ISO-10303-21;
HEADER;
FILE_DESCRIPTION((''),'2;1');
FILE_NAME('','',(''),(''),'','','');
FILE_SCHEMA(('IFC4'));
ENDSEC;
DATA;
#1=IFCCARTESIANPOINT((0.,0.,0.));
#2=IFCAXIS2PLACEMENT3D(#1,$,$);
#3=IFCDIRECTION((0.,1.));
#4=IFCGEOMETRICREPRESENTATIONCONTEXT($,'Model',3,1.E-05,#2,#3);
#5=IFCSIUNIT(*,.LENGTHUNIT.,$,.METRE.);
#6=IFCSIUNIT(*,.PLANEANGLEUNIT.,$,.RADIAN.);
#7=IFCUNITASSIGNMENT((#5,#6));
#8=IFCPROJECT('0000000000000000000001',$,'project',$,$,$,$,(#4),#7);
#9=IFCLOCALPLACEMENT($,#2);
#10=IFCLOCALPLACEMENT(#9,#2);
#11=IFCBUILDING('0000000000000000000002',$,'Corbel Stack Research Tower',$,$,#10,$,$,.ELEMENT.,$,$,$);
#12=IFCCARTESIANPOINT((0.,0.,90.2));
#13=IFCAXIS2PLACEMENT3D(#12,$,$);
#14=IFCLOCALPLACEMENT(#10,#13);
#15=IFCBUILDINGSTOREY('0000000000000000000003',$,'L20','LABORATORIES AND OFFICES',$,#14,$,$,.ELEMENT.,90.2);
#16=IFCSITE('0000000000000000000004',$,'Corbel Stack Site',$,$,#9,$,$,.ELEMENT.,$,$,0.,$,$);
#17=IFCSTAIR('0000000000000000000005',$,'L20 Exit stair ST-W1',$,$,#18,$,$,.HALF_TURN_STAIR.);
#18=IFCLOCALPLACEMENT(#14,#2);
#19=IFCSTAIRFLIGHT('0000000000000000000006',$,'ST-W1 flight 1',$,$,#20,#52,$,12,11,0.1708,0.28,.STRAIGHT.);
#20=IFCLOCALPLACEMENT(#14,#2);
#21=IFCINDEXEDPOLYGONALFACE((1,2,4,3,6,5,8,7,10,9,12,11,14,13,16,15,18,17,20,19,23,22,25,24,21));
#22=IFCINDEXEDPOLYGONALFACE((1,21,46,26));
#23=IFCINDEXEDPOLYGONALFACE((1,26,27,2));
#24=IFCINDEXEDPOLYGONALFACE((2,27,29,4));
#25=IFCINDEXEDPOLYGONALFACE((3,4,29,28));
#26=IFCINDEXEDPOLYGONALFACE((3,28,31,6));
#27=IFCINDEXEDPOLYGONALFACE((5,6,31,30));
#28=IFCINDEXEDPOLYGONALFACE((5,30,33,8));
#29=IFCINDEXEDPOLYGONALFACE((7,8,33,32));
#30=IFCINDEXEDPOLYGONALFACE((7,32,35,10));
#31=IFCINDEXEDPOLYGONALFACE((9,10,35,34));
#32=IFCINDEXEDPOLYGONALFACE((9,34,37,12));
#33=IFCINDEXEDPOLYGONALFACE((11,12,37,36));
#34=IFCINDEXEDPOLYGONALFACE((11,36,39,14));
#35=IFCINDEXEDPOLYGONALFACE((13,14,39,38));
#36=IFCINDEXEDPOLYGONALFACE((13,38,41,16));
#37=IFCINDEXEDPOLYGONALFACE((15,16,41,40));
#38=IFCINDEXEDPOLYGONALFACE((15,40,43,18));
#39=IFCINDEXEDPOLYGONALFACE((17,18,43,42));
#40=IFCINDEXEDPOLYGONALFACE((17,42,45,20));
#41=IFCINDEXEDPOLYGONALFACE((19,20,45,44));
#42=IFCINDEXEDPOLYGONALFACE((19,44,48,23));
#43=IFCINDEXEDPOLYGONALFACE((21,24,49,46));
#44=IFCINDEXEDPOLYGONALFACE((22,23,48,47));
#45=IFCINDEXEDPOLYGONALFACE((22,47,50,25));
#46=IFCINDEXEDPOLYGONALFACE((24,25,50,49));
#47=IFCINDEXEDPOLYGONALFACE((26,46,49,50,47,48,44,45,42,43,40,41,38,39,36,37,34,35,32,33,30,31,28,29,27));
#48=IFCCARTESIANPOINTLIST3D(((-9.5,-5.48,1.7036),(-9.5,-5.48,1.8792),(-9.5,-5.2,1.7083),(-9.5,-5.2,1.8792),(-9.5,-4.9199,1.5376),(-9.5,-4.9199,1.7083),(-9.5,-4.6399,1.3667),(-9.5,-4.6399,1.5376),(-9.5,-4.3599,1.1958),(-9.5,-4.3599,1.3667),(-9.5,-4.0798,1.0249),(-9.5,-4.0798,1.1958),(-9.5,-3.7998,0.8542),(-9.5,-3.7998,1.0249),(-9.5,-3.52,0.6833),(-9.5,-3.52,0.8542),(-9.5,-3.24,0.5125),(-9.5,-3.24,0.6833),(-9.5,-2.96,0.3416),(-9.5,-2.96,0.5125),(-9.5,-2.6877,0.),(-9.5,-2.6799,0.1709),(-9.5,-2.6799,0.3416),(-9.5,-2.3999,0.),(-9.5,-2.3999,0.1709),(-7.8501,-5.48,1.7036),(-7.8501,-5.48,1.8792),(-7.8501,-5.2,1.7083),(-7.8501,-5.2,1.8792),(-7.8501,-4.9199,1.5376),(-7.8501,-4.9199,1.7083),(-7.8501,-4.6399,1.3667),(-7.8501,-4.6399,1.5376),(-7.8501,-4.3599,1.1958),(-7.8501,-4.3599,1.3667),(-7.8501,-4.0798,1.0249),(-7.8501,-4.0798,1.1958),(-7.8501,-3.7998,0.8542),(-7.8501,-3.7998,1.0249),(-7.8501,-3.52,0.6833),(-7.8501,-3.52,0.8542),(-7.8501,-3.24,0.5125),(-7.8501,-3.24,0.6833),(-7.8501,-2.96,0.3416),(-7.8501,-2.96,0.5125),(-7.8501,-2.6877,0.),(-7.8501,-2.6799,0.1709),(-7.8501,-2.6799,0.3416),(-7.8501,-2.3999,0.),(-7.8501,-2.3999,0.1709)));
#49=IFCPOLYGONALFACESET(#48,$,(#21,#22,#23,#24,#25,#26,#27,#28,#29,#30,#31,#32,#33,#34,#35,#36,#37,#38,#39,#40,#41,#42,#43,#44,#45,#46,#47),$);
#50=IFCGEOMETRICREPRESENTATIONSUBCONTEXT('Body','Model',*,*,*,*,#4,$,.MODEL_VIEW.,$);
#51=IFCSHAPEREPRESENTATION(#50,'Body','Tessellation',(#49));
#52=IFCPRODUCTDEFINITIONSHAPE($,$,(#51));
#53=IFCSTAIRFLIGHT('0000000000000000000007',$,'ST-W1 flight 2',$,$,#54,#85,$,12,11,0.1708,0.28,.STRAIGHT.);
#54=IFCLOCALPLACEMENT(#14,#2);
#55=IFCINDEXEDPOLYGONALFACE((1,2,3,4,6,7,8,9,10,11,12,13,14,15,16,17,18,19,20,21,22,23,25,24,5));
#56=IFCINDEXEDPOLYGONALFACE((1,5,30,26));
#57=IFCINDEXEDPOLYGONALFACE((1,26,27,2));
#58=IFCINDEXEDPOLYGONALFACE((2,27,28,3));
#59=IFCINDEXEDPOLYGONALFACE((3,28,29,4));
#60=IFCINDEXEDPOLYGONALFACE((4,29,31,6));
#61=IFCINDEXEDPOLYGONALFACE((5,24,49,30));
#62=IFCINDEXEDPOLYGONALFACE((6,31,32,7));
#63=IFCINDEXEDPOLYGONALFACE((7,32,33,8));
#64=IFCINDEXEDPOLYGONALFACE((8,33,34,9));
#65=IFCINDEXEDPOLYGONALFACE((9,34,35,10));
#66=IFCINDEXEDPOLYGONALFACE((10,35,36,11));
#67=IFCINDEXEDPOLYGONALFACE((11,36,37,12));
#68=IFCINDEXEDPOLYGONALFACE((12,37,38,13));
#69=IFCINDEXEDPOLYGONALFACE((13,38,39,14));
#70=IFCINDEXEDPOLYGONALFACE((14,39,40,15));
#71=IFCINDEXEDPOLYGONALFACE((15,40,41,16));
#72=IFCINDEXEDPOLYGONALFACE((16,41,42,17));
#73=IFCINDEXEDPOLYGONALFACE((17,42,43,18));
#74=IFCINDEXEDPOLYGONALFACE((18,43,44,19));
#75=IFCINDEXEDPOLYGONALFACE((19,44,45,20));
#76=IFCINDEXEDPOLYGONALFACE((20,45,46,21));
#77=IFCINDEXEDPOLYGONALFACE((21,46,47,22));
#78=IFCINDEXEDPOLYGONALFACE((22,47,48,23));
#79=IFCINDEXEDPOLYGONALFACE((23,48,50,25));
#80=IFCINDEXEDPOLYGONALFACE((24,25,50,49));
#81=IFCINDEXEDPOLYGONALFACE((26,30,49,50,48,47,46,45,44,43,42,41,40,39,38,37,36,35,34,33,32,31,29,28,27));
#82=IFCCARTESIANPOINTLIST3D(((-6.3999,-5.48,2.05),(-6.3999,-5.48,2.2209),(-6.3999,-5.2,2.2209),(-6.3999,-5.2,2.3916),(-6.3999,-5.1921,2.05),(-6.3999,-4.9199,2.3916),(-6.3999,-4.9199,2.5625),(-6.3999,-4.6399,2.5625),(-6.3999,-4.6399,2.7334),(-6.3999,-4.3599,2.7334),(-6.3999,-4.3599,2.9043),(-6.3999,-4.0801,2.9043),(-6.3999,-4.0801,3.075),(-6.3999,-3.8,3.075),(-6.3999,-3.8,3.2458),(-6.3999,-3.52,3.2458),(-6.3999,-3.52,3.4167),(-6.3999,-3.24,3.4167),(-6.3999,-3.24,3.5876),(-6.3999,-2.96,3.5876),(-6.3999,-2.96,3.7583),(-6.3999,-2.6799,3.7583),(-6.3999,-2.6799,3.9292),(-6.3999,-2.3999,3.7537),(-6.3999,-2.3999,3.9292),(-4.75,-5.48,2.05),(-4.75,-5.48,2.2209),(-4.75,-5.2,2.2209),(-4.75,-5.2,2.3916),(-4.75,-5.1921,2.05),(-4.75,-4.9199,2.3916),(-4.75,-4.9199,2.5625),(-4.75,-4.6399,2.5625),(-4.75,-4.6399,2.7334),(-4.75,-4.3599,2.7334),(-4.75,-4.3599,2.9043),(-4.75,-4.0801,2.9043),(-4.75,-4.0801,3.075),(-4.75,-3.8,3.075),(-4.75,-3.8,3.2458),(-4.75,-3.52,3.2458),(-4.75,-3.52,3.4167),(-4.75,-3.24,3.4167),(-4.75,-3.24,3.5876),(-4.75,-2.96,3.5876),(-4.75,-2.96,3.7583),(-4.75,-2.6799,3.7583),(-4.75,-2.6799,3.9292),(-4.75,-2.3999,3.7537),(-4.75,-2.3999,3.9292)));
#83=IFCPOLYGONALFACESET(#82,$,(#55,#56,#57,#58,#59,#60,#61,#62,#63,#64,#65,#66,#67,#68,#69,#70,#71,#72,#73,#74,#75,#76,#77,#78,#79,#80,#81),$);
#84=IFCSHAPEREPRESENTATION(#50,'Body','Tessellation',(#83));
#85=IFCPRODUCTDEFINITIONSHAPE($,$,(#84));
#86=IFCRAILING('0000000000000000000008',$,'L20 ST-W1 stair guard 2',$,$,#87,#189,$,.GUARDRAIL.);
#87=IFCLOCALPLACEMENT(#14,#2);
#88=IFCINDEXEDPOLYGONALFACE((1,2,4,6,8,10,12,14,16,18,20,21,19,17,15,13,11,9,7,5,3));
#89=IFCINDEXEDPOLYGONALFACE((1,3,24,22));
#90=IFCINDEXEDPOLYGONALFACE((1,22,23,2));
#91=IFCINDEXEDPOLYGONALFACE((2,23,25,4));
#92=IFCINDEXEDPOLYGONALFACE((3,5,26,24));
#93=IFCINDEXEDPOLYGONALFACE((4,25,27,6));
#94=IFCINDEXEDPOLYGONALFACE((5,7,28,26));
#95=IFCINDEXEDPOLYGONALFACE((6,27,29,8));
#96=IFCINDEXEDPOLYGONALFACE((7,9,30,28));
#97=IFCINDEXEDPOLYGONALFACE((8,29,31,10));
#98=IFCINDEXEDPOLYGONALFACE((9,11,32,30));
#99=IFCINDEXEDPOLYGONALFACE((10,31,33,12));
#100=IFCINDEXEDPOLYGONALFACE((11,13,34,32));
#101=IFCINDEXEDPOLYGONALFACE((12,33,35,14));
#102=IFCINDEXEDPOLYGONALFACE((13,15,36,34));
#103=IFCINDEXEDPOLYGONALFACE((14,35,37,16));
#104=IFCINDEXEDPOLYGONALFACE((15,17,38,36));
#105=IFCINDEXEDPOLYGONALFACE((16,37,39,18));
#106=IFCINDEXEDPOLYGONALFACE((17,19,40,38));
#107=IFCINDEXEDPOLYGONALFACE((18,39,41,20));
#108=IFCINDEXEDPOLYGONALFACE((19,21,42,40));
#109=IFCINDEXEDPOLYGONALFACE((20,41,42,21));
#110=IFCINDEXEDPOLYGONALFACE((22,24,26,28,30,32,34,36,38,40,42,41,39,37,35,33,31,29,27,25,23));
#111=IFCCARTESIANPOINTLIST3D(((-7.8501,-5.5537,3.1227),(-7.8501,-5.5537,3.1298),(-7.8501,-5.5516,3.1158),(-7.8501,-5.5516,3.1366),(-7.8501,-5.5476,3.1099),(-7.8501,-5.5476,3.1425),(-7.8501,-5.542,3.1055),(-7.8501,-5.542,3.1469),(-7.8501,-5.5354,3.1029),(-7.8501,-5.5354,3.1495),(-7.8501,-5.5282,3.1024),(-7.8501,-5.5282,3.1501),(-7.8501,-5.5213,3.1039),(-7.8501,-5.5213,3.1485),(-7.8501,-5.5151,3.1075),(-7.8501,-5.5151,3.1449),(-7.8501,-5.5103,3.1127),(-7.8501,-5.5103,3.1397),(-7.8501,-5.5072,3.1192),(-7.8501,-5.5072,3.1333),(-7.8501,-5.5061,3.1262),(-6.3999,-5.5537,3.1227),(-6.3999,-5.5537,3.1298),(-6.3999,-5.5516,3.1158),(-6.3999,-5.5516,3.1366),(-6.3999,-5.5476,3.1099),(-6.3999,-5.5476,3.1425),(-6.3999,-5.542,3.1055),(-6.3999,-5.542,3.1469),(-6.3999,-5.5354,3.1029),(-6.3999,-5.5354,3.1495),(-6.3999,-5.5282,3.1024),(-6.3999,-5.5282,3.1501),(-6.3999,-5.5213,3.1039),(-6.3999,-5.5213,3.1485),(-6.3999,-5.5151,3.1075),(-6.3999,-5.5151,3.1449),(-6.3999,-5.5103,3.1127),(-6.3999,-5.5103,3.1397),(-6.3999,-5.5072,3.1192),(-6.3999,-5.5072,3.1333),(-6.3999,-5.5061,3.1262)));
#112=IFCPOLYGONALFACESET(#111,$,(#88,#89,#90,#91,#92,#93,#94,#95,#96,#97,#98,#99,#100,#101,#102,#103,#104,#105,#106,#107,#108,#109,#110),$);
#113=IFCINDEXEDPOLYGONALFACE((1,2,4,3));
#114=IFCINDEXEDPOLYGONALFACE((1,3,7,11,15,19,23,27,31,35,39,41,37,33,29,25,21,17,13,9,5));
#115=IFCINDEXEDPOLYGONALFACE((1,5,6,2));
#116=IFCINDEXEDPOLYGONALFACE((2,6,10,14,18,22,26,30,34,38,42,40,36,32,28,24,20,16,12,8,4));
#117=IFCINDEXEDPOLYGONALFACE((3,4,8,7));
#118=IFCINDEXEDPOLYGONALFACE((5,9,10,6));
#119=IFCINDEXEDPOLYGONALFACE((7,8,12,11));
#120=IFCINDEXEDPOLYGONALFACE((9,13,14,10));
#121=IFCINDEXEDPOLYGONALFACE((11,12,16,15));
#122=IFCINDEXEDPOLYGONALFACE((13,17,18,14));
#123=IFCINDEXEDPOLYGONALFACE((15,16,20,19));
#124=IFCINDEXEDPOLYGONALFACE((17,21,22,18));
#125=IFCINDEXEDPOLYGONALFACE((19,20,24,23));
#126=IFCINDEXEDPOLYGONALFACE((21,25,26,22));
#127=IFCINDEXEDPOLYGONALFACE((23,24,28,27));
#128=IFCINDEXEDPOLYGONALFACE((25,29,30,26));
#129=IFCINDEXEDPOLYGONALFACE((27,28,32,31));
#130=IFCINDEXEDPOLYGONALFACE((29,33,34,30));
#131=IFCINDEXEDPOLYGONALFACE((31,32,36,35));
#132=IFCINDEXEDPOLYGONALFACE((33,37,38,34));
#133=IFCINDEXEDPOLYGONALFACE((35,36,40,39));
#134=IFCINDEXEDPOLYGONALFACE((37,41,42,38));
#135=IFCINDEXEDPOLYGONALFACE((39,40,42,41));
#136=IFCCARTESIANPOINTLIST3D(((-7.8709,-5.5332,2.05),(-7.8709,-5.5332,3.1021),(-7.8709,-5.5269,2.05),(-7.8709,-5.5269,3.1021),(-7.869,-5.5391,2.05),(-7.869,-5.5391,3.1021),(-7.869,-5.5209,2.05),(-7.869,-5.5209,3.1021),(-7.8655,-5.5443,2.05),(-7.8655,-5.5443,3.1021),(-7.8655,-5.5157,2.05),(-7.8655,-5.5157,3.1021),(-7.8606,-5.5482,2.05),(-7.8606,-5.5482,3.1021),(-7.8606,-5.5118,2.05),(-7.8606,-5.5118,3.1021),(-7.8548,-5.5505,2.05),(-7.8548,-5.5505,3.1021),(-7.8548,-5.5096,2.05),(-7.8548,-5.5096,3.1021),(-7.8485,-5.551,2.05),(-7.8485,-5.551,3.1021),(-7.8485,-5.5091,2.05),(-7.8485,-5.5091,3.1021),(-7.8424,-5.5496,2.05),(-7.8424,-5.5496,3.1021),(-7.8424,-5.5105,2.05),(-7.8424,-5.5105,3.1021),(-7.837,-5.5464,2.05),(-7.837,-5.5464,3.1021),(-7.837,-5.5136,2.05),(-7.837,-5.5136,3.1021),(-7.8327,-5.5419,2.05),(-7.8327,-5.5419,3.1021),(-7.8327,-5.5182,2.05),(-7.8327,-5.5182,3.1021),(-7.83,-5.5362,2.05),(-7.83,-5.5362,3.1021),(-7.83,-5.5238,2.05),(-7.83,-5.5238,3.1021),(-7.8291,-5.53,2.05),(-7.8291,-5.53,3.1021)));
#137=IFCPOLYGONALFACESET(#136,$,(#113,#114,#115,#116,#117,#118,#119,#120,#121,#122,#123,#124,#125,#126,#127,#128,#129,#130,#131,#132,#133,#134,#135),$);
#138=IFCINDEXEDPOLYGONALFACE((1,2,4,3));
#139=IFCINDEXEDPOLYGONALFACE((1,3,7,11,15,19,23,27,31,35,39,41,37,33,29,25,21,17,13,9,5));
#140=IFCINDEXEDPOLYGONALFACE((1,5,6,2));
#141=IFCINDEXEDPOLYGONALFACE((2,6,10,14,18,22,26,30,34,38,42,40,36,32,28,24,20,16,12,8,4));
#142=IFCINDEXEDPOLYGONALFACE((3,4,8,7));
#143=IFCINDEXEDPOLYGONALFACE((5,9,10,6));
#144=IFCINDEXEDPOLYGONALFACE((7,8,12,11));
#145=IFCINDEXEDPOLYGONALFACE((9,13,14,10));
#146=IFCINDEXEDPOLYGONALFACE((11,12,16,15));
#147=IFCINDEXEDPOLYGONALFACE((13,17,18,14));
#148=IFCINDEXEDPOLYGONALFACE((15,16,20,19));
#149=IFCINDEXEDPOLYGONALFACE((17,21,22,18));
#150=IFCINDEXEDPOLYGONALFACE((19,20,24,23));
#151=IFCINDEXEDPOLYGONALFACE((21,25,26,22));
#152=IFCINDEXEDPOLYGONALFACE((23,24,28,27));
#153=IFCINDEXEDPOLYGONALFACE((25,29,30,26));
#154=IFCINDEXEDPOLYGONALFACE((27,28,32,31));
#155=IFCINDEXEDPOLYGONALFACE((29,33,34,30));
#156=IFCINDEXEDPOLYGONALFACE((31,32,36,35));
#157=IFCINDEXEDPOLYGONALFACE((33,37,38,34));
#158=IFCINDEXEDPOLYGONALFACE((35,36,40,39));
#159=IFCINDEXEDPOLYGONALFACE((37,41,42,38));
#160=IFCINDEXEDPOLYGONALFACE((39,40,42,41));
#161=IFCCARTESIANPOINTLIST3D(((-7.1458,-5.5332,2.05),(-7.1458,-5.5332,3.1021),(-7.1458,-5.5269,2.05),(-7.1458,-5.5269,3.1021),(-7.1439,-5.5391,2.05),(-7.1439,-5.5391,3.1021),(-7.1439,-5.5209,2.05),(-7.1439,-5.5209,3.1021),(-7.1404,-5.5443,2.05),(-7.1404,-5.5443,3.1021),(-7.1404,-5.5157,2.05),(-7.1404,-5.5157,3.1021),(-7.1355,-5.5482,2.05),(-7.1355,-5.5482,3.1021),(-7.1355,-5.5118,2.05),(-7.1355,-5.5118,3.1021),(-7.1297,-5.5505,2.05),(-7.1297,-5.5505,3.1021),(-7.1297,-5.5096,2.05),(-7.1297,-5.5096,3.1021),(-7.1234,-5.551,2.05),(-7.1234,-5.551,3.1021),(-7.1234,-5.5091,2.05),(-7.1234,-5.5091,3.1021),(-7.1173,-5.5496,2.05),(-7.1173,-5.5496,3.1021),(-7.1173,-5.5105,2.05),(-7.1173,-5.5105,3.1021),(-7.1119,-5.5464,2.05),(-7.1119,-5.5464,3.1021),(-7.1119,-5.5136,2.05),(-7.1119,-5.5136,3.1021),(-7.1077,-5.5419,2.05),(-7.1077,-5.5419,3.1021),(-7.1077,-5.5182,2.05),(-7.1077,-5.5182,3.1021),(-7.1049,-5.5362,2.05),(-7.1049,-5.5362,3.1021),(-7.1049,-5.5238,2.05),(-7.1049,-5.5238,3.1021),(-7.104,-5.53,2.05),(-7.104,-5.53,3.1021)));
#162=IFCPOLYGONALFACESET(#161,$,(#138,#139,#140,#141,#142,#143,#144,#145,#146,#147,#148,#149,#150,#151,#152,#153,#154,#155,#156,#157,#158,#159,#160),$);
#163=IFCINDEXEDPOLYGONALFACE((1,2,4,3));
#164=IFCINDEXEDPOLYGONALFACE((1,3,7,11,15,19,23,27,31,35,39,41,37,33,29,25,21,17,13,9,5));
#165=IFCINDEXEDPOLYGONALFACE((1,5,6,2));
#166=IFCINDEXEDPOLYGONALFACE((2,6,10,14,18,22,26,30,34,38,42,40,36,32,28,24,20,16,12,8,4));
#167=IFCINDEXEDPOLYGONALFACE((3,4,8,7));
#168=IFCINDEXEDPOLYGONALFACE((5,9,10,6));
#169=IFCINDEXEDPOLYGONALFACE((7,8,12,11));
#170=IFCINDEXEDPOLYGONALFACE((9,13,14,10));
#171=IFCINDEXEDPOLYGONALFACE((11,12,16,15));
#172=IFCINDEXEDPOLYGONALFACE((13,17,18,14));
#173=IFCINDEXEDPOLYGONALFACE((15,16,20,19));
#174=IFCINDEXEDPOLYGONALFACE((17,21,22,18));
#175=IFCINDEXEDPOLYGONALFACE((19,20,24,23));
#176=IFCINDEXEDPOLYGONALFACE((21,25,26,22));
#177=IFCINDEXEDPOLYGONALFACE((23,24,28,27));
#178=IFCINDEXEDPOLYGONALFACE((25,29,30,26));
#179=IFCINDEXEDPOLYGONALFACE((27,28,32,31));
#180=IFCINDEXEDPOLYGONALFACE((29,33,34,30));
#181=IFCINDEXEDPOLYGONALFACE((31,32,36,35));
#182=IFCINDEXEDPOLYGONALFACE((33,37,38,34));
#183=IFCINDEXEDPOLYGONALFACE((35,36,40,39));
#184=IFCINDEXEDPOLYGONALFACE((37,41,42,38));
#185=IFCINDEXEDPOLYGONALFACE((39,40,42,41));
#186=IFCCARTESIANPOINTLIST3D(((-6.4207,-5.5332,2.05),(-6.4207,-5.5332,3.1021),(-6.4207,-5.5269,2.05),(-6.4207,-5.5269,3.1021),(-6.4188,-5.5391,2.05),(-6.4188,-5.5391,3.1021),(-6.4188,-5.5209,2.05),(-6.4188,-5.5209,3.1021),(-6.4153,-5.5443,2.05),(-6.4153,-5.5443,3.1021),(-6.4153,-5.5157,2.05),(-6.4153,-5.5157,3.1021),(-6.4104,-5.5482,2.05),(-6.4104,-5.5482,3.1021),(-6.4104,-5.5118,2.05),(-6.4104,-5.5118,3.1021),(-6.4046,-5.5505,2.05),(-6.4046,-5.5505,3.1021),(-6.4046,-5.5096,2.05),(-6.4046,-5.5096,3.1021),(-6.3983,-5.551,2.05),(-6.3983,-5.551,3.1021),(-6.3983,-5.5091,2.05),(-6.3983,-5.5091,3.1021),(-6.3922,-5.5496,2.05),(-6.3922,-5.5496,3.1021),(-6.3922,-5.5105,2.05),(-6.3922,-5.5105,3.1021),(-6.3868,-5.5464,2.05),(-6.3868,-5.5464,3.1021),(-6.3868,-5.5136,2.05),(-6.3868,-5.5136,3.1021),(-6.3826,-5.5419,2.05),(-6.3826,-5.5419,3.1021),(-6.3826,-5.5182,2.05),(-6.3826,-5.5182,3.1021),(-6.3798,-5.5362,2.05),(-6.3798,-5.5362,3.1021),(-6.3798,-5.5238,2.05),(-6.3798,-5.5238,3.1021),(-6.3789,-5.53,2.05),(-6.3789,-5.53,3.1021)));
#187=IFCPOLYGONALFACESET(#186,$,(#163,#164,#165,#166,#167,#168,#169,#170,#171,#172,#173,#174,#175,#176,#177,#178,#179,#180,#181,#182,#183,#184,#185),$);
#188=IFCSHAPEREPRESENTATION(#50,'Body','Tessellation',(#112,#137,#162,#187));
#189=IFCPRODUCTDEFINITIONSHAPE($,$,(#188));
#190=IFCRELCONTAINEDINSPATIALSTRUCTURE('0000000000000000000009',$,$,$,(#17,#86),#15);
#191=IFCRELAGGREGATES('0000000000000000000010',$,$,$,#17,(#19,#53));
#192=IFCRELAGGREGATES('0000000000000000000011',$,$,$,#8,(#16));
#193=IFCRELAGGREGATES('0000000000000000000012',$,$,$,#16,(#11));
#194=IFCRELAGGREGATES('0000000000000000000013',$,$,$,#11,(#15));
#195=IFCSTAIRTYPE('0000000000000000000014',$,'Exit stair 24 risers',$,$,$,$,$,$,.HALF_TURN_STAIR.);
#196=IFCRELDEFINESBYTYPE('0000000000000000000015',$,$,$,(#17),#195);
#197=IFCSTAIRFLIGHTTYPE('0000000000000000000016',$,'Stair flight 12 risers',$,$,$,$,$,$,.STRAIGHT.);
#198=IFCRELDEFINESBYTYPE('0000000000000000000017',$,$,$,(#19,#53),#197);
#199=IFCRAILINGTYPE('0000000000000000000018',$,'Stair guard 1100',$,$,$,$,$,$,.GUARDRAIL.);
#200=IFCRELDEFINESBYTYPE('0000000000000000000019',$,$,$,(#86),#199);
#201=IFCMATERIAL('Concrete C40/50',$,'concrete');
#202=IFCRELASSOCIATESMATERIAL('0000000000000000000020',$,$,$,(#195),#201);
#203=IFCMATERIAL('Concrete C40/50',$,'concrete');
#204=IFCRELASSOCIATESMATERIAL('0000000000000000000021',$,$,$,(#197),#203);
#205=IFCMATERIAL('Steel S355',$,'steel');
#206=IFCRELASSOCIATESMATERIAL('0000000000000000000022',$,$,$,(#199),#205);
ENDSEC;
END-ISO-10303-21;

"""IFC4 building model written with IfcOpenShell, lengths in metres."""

from ifc_helpers import new_model, si_unit, direction, frame, origin, origin_2d, place, context, subcontext, project, spatial, polyline, circle, outline, extrude, material, type_object, element, aggregate, save


model = new_model("IFC4")

# Units and contexts
model_context = context("Model", 3, precision=1e-05, world=origin(), true_north=direction((0.0, 1.0)))
body_context = subcontext(model_context, "Body", "Model", "MODEL_VIEW")
ifc_project = project(units=[si_unit("LENGTHUNIT", "METRE"), si_unit("PLANEANGLEUNIT", "RADIAN")], contexts=[model_context])

# Site, building, storey
site_placement = place(None, origin())
site = spatial("IfcSite", under=ifc_project, at=site_placement, Name="Corbel Stack Site", CompositionType="ELEMENT", RefElevation=0.0)
building_placement = place(site_placement, origin())
building = spatial("IfcBuilding", under=site, at=building_placement, Name="Corbel Stack Research Tower", CompositionType="ELEMENT")
storey_placement = place(building_placement, frame((0.0, 0.0, 90.2)))
storey = spatial("IfcBuildingStorey", under=building, at=storey_placement, Name="L20", Description="LABORATORIES AND OFFICES", CompositionType="ELEMENT", Elevation=90.2)

# Stair, stair flights
ifc_material_1 = material(Name="Concrete C40/50", Category="concrete")
stair_type = type_object("IfcStairType", Name="Exit stair 24 risers", PredefinedType="HALF_TURN_STAIR", material=ifc_material_1)
stair_placement = place(storey_placement, origin())
stair = element("IfcStair", 1, at=stair_placement, inside=storey, type_object=stair_type, Name="L20 Exit stair ST-W1", PredefinedType="HALF_TURN_STAIR")
ifc_material_2 = material(Name="Concrete C40/50", Category="concrete")
stair_flight_type = type_object("IfcStairFlightType", Name="Stair flight 12 risers", PredefinedType="STRAIGHT", material=ifc_material_2)
stair_flight_1_placement = place(storey_placement, frame((-8.675, -2.3999, 0.0), z_axis=(0.0, 0.0, 1.0), x_axis=(0.0, -1.0, 0.0)))
stair_flight_1 = element("IfcStairFlight", 2, at=stair_flight_1_placement, type_object=stair_flight_type, Name="ST-W1 flight 1", NumberOfRisers=12, NumberOfTreads=11, PredefinedType="STRAIGHT", RiserHeight=0.1708, TreadLength=0.28, context=body_context, shape_type="SweptSolid", body=[
    extrude(outline(polyline([(0.0, 0.0), (0.0, 0.1709), (0.28, 0.1709), (0.28, 0.3416), (0.5601, 0.3416), (0.5601, 0.5125), (0.8401, 0.5125), (0.8401, 0.6833), (1.1201, 0.6833), (1.1201, 0.8542), (1.3999, 0.8542), (1.3999, 1.0249), (1.6799, 1.0249), (1.6799, 1.1958), (1.96, 1.1958), (1.96, 1.3667), (2.24, 1.3667), (2.24, 1.5376), (2.52, 1.5376), (2.52, 1.7083), (2.8, 1.7083), (2.8, 1.8792), (3.0801, 1.8792), (3.0801, 2.05), (3.0801, 1.7036), (0.2878, 0.0), (0.0, 0.0)])), frame((0.0, 0.825, 0.0), z_axis=(0.0, -1.0, 0.0), x_axis=(1.0, 0.0, 0.0)), (0.0, 0.0, 1.0), 1.6499),
])
stair_flight_2_placement = place(storey_placement, frame((-5.575, -5.48, 2.05), z_axis=(0.0, 0.0, 1.0), x_axis=(0.0, 1.0, 0.0)))
stair_flight_2 = element("IfcStairFlight", 3, at=stair_flight_2_placement, type_object=stair_flight_type, Name="ST-W1 flight 2", NumberOfRisers=12, NumberOfTreads=11, PredefinedType="STRAIGHT", RiserHeight=0.1708, TreadLength=0.28, context=body_context, shape_type="SweptSolid", body=[
    extrude(outline(polyline([(0.0, 0.0), (0.0, 0.1709), (0.28, 0.1709), (0.28, 0.3416), (0.5601, 0.3416), (0.5601, 0.5125), (0.8401, 0.5125), (0.8401, 0.6833), (1.1201, 0.6833), (1.1201, 0.8542), (1.3999, 0.8542), (1.3999, 1.0249), (1.6799, 1.0249), (1.6799, 1.1958), (1.96, 1.1958), (1.96, 1.3667), (2.24, 1.3667), (2.24, 1.5376), (2.52, 1.5376), (2.52, 1.7083), (2.8, 1.7083), (2.8, 1.8792), (3.0801, 1.8792), (3.0801, 2.05), (3.0801, 1.7036), (0.2878, 0.0), (0.0, 0.0)])), frame((0.0, 0.825, 0.0), z_axis=(0.0, -1.0, 0.0), x_axis=(1.0, 0.0, 0.0)), (0.0, 0.0, 1.0), 1.6499),
])
aggregate(stair, [stair_flight_1, stair_flight_2])

# Railing
ifc_material_3 = material(Name="Steel S355", Category="steel")
railing_type_1 = type_object("IfcRailingType", Name="Stair guard 1100", PredefinedType="GUARDRAIL", material=ifc_material_3)
railing_1_placement = place(storey_placement, frame((-7.8501, -5.53, 2.05)))
element("IfcRailing", 4, at=railing_1_placement, inside=storey, type_object=railing_type_1, Name="L20 ST-W1 stair guard 2", PredefinedType="GUARDRAIL", context=body_context, shape_type="SweptSolid", body=[
    extrude(circle(Radius=0.0239, at=origin_2d()), frame((0.0, 0.0, 1.0762), z_axis=(1.0, 0.0, 0.0), x_axis=(0.0, 1.0, 0.0)), (0.0, 0.0, 1.0), 1.4502),
    extrude(circle(Radius=0.021, at=origin_2d()), origin(), (0.0, 0.0, 1.0), 1.052),
    extrude(circle(Radius=0.021, at=origin_2d()), frame((0.7251, 0.0, 0.0)), (0.0, 0.0, 1.0), 1.052),
    extrude(circle(Radius=0.021, at=origin_2d()), frame((1.4502, 0.0, 0.0)), (0.0, 0.0, 1.0), 1.052),
])

save(model, "model.ifc")
